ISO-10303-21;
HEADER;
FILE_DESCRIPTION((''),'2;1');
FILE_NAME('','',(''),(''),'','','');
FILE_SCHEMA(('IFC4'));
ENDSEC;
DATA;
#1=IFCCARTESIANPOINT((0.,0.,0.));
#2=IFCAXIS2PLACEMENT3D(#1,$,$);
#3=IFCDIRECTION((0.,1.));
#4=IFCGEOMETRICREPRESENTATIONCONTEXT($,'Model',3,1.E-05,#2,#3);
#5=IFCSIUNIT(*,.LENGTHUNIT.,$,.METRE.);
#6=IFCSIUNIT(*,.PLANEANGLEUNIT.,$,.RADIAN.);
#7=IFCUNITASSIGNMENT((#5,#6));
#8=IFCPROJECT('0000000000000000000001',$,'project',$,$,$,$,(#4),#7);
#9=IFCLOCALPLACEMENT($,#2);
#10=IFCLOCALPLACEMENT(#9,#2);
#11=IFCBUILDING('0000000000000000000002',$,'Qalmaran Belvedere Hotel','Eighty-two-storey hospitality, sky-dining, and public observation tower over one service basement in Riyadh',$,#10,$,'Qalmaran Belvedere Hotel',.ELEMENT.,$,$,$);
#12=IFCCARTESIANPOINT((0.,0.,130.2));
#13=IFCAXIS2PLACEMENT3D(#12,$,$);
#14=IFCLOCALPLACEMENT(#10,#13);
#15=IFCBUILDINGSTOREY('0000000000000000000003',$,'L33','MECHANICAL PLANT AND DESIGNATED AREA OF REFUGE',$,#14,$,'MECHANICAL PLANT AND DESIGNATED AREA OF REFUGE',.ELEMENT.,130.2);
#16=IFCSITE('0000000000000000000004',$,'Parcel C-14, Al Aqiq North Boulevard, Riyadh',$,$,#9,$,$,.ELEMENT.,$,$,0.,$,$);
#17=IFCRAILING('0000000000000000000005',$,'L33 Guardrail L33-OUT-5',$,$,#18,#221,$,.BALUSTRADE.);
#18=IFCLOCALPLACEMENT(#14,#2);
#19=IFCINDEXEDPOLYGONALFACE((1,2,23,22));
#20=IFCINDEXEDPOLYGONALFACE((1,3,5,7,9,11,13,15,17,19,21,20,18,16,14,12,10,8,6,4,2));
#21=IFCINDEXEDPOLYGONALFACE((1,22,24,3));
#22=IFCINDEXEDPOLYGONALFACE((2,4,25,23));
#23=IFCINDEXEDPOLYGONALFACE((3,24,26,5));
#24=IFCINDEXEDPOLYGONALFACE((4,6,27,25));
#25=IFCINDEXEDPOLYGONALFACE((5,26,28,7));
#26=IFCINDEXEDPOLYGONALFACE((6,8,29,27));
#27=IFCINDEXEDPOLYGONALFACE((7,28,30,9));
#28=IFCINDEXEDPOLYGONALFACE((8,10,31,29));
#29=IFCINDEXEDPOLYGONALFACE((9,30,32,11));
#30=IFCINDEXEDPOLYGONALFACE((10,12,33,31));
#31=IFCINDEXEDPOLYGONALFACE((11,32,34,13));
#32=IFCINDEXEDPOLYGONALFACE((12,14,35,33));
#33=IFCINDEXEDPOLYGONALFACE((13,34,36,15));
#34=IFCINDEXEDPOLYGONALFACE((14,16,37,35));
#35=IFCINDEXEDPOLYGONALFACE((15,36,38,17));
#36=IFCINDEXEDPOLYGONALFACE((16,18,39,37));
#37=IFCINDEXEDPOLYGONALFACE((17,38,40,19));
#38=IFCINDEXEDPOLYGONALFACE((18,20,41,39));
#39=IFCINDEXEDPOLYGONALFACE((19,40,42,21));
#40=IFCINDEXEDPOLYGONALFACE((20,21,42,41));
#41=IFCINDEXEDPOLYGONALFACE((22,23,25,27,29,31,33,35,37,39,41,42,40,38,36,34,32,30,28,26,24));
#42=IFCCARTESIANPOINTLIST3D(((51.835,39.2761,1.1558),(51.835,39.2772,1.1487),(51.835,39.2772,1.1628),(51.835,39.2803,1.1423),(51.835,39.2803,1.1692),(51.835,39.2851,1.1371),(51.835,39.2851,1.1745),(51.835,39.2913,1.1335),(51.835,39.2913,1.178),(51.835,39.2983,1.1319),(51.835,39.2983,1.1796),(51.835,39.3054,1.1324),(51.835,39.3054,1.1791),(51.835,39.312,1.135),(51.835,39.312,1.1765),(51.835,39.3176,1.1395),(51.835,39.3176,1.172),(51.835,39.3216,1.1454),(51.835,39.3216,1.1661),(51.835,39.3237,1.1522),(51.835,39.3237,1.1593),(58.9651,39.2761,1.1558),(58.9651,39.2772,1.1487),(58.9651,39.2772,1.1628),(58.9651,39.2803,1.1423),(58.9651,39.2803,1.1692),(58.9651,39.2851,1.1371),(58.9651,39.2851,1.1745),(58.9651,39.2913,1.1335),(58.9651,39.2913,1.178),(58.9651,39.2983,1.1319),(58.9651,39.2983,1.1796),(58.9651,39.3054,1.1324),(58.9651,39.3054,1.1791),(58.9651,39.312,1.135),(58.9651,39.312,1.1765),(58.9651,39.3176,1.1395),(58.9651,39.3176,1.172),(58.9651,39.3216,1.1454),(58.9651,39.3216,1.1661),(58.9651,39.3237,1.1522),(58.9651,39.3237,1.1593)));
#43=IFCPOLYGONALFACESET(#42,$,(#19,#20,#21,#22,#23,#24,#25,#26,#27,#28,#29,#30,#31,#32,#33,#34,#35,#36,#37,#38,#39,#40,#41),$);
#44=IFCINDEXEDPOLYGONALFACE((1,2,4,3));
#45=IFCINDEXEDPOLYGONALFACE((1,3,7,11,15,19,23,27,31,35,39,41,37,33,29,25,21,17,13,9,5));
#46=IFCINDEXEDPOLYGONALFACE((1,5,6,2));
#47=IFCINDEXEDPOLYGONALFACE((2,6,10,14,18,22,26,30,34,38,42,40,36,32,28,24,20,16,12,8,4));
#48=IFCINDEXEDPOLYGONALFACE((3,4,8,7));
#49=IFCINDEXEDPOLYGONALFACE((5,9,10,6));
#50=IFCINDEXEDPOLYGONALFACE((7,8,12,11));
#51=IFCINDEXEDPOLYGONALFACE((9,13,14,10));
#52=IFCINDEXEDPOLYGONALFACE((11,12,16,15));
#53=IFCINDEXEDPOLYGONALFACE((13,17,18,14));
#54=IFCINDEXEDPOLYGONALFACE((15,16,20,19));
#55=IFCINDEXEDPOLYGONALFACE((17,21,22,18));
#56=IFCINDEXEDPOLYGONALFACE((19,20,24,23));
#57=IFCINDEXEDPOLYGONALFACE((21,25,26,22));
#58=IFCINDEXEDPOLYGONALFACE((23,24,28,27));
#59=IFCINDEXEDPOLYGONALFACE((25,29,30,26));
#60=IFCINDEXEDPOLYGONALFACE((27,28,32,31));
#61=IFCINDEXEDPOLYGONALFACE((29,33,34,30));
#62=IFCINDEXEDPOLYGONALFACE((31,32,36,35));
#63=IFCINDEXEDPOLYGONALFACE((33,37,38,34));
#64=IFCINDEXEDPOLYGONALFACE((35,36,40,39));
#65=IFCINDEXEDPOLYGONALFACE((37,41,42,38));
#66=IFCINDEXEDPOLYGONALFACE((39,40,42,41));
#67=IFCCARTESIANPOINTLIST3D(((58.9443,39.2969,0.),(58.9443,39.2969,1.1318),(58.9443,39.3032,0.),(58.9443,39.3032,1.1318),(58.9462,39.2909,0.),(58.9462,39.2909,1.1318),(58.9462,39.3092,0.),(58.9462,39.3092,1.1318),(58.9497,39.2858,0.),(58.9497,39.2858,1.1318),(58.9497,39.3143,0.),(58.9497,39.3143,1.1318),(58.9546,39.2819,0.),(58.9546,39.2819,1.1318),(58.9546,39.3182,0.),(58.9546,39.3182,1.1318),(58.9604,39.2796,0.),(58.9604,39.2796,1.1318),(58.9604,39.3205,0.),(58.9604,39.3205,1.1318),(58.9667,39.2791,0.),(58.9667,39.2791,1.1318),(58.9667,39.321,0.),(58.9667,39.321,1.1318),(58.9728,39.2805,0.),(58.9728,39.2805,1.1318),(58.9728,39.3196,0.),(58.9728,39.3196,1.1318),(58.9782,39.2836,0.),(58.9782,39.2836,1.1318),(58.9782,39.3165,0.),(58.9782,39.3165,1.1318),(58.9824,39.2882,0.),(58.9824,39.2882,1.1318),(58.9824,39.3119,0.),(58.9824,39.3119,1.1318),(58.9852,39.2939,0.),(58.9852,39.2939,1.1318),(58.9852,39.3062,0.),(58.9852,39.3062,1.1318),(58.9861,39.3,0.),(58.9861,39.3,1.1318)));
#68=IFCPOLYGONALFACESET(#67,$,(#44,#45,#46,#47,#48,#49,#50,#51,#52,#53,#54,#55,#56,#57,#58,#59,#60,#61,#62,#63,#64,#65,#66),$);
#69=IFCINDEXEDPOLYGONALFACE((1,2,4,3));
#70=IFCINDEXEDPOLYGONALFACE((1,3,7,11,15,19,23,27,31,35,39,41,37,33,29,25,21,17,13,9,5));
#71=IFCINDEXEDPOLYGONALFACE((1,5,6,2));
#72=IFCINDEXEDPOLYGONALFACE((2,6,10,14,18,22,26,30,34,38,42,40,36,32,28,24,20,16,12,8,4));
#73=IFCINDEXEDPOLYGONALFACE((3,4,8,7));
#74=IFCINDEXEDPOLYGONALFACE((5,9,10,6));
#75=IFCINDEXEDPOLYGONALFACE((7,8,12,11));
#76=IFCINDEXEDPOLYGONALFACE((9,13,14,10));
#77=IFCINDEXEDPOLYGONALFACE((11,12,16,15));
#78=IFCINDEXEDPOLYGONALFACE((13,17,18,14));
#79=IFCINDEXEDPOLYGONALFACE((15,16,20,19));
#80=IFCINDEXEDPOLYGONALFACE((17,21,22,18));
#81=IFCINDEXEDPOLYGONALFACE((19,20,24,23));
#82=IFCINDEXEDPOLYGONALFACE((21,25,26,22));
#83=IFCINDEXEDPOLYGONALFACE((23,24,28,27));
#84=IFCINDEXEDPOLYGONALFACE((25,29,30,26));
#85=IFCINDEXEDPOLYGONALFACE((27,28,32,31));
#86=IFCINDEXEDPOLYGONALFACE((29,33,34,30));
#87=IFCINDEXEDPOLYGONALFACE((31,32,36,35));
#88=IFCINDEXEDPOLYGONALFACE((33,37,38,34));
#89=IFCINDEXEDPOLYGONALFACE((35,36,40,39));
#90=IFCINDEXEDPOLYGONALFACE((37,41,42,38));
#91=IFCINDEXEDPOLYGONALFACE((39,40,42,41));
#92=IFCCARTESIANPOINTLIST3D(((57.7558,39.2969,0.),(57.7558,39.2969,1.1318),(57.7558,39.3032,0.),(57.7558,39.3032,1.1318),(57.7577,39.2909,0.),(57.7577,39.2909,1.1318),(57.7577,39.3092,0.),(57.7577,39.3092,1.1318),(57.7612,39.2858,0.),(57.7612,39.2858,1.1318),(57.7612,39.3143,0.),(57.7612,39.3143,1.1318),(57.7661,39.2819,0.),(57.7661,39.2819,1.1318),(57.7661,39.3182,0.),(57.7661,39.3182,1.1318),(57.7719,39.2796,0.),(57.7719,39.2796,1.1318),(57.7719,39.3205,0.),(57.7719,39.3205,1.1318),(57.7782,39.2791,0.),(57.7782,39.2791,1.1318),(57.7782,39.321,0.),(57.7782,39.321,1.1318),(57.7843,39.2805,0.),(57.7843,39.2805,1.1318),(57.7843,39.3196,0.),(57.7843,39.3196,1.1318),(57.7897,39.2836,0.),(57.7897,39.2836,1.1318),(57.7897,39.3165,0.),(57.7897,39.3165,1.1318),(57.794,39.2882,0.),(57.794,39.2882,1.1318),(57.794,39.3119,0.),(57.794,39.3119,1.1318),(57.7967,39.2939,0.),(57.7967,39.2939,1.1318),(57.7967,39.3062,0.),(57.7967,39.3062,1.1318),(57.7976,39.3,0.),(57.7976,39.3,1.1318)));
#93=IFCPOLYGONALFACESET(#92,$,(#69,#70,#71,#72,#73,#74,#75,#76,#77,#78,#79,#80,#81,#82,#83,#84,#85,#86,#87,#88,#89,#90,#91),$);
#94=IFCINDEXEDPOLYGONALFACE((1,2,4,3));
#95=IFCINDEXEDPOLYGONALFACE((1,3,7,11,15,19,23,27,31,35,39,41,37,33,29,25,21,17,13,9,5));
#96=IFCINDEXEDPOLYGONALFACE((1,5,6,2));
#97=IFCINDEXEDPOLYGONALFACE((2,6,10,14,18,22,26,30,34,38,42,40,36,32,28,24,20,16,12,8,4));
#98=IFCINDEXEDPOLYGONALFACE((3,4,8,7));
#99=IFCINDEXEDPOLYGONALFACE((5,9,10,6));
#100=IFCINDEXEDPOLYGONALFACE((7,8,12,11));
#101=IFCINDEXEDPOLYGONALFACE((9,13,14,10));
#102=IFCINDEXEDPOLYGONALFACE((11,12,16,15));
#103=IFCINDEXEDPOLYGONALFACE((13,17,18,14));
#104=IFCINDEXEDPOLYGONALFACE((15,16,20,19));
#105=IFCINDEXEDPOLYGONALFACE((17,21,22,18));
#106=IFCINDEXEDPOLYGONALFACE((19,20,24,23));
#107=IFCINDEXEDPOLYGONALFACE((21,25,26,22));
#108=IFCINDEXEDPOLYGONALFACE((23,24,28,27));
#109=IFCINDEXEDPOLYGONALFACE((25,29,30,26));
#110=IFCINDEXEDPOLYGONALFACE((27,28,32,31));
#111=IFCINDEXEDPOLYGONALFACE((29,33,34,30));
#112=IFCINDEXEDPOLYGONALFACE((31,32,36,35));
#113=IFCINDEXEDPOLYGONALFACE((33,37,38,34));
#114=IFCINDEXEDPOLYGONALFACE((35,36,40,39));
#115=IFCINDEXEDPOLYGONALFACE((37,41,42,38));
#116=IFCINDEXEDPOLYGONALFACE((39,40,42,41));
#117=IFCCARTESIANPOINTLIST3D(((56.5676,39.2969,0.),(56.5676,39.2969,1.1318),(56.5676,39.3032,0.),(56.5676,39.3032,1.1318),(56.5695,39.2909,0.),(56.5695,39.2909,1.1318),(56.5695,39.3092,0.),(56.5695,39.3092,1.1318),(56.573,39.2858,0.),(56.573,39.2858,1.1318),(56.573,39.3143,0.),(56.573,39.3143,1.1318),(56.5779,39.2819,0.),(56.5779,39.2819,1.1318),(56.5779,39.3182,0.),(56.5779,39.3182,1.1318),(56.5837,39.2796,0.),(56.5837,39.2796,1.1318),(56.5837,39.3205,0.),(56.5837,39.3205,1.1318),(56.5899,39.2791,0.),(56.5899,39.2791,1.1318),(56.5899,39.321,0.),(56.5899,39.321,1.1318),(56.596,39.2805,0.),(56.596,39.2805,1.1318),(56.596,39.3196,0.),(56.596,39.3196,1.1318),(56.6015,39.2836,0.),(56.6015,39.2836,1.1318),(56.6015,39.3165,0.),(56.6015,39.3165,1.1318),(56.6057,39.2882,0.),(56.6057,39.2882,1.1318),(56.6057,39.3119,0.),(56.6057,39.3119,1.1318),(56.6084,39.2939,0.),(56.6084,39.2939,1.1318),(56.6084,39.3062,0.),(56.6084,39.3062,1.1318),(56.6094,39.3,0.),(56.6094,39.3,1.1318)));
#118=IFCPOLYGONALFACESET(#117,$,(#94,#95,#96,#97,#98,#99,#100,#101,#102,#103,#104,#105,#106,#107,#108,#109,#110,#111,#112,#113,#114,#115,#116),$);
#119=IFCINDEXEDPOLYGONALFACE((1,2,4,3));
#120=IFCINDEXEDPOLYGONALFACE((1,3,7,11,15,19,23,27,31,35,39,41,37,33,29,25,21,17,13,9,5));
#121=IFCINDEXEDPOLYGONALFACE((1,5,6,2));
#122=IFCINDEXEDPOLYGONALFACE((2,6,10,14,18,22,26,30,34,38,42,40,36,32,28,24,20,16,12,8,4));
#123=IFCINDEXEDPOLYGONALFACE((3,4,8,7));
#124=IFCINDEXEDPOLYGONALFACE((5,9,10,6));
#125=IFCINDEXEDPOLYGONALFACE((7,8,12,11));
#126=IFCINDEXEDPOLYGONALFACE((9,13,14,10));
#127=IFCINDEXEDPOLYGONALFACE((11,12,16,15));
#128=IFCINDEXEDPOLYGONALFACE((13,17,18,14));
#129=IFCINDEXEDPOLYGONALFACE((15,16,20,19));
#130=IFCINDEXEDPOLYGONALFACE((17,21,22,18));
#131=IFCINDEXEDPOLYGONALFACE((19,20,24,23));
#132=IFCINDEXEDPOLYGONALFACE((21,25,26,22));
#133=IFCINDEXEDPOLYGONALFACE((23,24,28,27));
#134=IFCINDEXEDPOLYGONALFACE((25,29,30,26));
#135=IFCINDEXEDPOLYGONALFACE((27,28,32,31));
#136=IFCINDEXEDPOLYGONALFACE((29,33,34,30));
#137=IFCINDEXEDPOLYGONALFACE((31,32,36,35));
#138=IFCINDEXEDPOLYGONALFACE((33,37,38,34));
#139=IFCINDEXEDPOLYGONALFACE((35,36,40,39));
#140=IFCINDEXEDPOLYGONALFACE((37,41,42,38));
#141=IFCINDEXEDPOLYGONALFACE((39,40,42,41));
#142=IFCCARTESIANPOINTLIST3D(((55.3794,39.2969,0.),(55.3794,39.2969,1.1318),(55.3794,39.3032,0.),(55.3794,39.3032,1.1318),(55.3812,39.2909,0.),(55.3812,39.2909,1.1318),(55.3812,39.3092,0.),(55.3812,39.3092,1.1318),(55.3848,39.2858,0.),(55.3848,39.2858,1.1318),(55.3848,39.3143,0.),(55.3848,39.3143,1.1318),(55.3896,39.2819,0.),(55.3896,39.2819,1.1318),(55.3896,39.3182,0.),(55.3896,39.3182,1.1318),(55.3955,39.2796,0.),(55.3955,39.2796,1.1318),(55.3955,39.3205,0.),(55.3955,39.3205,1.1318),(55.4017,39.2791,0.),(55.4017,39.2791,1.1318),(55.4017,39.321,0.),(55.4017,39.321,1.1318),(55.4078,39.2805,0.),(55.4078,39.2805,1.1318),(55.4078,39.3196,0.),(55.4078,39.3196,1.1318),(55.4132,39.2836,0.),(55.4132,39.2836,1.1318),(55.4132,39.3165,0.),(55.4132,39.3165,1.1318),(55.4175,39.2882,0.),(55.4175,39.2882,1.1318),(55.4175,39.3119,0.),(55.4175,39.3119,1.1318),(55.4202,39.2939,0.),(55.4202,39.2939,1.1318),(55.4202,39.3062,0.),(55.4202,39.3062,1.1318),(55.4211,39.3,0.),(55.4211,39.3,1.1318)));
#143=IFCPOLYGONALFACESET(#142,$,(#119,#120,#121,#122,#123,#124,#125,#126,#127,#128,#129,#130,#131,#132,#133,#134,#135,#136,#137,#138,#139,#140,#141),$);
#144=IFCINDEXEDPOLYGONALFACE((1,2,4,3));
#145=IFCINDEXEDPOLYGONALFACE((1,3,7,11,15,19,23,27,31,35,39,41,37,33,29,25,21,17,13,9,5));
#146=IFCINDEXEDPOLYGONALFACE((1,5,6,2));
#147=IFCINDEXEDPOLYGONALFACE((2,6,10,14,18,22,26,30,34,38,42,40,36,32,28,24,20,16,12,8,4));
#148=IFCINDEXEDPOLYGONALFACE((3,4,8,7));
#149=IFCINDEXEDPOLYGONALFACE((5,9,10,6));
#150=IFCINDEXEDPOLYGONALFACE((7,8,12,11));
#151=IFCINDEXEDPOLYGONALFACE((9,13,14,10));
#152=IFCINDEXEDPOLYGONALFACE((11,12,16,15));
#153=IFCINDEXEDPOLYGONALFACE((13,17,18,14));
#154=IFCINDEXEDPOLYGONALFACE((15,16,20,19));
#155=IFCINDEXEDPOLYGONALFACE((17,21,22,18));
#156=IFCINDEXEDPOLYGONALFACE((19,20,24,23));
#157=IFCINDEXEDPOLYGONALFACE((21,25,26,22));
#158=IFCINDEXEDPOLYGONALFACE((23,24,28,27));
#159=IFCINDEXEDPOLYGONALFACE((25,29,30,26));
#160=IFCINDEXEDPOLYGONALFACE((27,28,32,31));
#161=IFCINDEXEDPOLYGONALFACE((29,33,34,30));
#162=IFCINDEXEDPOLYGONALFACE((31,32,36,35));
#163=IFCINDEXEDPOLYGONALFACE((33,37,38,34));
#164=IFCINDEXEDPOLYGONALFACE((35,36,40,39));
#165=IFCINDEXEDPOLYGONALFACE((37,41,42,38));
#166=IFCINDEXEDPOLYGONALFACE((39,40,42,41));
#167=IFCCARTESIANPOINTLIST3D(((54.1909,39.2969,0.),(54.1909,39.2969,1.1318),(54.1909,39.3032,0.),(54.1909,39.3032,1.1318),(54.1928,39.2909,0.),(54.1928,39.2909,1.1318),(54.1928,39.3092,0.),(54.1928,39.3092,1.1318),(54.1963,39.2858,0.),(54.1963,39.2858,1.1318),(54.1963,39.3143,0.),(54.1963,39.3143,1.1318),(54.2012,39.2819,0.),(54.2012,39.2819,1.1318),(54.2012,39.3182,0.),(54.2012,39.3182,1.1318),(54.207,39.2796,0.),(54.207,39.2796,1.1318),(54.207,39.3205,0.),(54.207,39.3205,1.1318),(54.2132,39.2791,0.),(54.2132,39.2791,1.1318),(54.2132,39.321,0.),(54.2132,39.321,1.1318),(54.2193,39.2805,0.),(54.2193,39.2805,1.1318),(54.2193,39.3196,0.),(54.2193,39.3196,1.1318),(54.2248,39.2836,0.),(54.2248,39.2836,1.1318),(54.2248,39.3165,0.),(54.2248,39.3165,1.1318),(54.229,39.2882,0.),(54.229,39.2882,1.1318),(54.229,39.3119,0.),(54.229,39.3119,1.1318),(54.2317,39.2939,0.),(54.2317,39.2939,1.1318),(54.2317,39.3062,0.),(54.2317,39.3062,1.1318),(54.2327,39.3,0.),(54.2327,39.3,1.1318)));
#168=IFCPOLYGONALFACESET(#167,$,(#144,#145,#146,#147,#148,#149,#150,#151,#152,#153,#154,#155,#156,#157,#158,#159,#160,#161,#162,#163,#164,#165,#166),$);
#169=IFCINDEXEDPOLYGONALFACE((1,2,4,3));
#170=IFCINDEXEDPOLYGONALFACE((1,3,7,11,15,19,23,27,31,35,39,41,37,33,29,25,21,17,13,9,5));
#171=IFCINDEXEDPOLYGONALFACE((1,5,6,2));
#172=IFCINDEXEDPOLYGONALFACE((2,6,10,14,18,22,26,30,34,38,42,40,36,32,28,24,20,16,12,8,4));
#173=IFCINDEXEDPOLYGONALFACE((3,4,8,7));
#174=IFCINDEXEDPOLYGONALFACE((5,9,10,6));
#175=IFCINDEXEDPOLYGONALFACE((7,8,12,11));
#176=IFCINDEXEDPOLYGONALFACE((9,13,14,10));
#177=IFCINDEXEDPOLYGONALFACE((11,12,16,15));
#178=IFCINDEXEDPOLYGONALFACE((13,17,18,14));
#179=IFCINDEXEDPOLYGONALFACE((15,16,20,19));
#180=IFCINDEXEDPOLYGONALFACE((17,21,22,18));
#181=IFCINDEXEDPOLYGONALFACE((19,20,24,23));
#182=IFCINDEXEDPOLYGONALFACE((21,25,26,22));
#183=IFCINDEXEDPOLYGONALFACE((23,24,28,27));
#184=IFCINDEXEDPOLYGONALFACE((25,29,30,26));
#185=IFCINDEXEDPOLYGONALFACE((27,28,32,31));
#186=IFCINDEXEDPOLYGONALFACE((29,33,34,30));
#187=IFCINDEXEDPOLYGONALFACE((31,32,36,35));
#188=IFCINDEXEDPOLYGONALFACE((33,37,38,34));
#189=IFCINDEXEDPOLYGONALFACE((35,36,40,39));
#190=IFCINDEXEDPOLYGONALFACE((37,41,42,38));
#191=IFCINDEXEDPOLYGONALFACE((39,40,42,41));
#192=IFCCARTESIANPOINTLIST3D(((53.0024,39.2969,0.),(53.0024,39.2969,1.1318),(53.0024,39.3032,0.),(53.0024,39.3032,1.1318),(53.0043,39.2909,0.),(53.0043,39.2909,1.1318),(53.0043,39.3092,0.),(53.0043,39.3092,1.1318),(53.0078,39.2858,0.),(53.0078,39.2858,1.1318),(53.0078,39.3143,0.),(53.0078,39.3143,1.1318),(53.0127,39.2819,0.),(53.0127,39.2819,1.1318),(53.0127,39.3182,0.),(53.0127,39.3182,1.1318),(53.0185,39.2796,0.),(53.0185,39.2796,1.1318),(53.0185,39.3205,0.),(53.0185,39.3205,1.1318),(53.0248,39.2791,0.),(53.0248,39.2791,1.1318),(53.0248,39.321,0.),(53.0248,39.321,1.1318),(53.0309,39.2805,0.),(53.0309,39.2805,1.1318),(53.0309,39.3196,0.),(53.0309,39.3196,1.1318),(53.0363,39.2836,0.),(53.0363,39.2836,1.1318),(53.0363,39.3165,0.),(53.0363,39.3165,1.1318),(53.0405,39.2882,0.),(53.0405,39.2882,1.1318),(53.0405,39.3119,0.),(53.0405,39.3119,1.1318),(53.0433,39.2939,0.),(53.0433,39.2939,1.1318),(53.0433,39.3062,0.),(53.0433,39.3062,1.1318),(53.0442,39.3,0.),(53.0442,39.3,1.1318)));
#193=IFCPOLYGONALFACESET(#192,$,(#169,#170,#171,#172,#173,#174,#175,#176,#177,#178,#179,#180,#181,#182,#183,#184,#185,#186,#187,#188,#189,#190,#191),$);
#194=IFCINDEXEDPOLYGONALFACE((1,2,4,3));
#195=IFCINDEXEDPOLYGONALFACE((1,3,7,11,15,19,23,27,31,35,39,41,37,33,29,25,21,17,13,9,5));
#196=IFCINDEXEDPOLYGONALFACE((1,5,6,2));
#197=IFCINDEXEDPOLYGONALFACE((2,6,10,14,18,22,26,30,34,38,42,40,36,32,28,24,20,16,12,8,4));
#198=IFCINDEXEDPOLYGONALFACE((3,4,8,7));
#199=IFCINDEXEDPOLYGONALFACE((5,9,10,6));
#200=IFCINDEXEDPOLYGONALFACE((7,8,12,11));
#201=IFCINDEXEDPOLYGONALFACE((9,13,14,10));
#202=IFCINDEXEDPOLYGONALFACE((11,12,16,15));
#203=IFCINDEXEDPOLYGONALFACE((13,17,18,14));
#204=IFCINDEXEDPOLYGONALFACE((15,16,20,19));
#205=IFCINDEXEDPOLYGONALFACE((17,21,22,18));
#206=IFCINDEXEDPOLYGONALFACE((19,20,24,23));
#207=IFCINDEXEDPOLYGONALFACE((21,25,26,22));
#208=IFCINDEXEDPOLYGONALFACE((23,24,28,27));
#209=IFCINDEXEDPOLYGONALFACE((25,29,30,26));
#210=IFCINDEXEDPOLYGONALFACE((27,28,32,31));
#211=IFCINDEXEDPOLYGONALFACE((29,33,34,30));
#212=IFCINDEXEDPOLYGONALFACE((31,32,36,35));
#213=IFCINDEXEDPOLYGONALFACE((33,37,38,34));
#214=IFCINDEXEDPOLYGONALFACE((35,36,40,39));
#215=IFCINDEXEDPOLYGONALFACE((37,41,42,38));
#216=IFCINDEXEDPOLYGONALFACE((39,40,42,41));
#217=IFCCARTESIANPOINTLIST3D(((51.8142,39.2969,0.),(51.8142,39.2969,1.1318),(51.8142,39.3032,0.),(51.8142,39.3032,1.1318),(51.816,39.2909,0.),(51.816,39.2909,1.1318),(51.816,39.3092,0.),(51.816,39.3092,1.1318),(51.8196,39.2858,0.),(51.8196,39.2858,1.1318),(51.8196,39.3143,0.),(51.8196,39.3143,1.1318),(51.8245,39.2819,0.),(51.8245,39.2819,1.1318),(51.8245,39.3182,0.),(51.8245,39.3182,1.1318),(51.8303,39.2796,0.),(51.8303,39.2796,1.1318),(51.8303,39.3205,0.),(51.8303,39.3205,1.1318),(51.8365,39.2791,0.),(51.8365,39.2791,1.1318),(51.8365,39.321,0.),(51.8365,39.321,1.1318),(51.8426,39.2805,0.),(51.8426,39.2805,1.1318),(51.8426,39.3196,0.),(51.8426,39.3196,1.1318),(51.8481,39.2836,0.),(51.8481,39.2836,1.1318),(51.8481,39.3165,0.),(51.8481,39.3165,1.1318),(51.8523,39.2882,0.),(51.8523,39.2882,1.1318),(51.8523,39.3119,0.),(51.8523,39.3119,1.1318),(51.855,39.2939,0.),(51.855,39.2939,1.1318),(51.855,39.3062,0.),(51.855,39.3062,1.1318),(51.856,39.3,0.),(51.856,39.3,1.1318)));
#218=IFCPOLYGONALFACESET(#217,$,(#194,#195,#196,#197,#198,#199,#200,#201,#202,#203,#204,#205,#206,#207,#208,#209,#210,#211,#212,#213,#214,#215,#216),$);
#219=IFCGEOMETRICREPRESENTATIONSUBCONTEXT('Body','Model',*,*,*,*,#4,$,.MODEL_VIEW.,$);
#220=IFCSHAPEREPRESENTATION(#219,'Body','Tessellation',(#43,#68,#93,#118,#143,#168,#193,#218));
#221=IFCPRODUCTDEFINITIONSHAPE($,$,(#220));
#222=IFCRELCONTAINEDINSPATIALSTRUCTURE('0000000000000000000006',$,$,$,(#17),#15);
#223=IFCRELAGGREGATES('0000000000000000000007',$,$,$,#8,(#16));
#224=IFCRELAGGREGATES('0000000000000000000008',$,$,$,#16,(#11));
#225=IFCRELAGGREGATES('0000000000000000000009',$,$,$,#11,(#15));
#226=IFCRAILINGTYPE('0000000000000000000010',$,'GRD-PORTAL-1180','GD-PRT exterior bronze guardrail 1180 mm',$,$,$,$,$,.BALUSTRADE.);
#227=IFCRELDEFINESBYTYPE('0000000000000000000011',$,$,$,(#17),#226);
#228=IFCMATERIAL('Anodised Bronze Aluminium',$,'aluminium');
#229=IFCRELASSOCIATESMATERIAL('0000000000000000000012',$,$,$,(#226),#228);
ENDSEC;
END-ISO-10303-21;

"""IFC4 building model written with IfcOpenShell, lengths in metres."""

from ifc_helpers import new_model, si_unit, direction, frame, origin, origin_2d, place, context, subcontext, project, spatial, circle, extrude, material, type_object, element, save


model = new_model("IFC4")

# Units and contexts
model_context = context("Model", 3, precision=1e-05, world=origin(), true_north=direction((0.0, 1.0)))
body_context = subcontext(model_context, "Body", "Model", "MODEL_VIEW")
ifc_project = project(units=[si_unit("LENGTHUNIT", "METRE"), si_unit("PLANEANGLEUNIT", "RADIAN")], contexts=[model_context])

# Site, building, storey
site_placement = place(None, origin())
site = spatial("IfcSite", under=ifc_project, at=site_placement, Name="Parcel C-14, Al Aqiq North Boulevard, Riyadh", CompositionType="ELEMENT", RefElevation=0.0)
building_placement = place(site_placement, origin())
building = spatial("IfcBuilding", under=site, at=building_placement, Name="Qalmaran Belvedere Hotel", Description="Eighty-two-storey hospitality, sky-dining, and public observation tower over one service basement in Riyadh", LongName="Qalmaran Belvedere Hotel", CompositionType="ELEMENT")
storey_placement = place(building_placement, frame((0.0, 0.0, 130.2)))
storey = spatial("IfcBuildingStorey", under=building, at=storey_placement, Name="L33", Description="MECHANICAL PLANT AND DESIGNATED AREA OF REFUGE", LongName="MECHANICAL PLANT AND DESIGNATED AREA OF REFUGE", CompositionType="ELEMENT", Elevation=130.2)

# Railing
ifc_material_1 = material(Name="Anodised Bronze Aluminium", Category="aluminium")
railing_type = type_object("IfcRailingType", Name="GRD-PORTAL-1180", Description="GD-PRT exterior bronze guardrail 1180 mm", PredefinedType="BALUSTRADE", material=ifc_material_1)
railing_1_placement = place(storey_placement, frame((58.9651, 39.3, 0.0)))
element("IfcRailing", 1, at=railing_1_placement, inside=storey, type_object=railing_type, Name="L33 Guardrail L33-OUT-5", PredefinedType="BALUSTRADE", context=body_context, shape_type="SweptSolid", body=[
    extrude(circle(Radius=0.0239, at=origin_2d()), frame((0.0, 0.0, 1.1558), z_axis=(-1.0, 0.0, 0.0), x_axis=(0.0, -1.0, 0.0)), (0.0, 0.0, 1.0), 7.1301),
    extrude(circle(Radius=0.021, at=origin_2d()), origin(), (0.0, 0.0, 1.0), 1.1318),
    extrude(circle(Radius=0.021, at=origin_2d()), frame((-1.1885, 0.0, 0.0)), (0.0, 0.0, 1.0), 1.1318),
    extrude(circle(Radius=0.021, at=origin_2d()), frame((-2.3767, 0.0, 0.0)), (0.0, 0.0, 1.0), 1.1318),
    extrude(circle(Radius=0.021, at=origin_2d()), frame((-3.5649, 0.0, 0.0)), (0.0, 0.0, 1.0), 1.1318),
    extrude(circle(Radius=0.021, at=origin_2d()), frame((-4.7534, 0.0, 0.0)), (0.0, 0.0, 1.0), 1.1318),
    extrude(circle(Radius=0.021, at=origin_2d()), frame((-5.9419, 0.0, 0.0)), (0.0, 0.0, 1.0), 1.1318),
    extrude(circle(Radius=0.021, at=origin_2d()), frame((-7.1301, 0.0, 0.0)), (0.0, 0.0, 1.0), 1.1318),
])

save(model, "model.ifc")
